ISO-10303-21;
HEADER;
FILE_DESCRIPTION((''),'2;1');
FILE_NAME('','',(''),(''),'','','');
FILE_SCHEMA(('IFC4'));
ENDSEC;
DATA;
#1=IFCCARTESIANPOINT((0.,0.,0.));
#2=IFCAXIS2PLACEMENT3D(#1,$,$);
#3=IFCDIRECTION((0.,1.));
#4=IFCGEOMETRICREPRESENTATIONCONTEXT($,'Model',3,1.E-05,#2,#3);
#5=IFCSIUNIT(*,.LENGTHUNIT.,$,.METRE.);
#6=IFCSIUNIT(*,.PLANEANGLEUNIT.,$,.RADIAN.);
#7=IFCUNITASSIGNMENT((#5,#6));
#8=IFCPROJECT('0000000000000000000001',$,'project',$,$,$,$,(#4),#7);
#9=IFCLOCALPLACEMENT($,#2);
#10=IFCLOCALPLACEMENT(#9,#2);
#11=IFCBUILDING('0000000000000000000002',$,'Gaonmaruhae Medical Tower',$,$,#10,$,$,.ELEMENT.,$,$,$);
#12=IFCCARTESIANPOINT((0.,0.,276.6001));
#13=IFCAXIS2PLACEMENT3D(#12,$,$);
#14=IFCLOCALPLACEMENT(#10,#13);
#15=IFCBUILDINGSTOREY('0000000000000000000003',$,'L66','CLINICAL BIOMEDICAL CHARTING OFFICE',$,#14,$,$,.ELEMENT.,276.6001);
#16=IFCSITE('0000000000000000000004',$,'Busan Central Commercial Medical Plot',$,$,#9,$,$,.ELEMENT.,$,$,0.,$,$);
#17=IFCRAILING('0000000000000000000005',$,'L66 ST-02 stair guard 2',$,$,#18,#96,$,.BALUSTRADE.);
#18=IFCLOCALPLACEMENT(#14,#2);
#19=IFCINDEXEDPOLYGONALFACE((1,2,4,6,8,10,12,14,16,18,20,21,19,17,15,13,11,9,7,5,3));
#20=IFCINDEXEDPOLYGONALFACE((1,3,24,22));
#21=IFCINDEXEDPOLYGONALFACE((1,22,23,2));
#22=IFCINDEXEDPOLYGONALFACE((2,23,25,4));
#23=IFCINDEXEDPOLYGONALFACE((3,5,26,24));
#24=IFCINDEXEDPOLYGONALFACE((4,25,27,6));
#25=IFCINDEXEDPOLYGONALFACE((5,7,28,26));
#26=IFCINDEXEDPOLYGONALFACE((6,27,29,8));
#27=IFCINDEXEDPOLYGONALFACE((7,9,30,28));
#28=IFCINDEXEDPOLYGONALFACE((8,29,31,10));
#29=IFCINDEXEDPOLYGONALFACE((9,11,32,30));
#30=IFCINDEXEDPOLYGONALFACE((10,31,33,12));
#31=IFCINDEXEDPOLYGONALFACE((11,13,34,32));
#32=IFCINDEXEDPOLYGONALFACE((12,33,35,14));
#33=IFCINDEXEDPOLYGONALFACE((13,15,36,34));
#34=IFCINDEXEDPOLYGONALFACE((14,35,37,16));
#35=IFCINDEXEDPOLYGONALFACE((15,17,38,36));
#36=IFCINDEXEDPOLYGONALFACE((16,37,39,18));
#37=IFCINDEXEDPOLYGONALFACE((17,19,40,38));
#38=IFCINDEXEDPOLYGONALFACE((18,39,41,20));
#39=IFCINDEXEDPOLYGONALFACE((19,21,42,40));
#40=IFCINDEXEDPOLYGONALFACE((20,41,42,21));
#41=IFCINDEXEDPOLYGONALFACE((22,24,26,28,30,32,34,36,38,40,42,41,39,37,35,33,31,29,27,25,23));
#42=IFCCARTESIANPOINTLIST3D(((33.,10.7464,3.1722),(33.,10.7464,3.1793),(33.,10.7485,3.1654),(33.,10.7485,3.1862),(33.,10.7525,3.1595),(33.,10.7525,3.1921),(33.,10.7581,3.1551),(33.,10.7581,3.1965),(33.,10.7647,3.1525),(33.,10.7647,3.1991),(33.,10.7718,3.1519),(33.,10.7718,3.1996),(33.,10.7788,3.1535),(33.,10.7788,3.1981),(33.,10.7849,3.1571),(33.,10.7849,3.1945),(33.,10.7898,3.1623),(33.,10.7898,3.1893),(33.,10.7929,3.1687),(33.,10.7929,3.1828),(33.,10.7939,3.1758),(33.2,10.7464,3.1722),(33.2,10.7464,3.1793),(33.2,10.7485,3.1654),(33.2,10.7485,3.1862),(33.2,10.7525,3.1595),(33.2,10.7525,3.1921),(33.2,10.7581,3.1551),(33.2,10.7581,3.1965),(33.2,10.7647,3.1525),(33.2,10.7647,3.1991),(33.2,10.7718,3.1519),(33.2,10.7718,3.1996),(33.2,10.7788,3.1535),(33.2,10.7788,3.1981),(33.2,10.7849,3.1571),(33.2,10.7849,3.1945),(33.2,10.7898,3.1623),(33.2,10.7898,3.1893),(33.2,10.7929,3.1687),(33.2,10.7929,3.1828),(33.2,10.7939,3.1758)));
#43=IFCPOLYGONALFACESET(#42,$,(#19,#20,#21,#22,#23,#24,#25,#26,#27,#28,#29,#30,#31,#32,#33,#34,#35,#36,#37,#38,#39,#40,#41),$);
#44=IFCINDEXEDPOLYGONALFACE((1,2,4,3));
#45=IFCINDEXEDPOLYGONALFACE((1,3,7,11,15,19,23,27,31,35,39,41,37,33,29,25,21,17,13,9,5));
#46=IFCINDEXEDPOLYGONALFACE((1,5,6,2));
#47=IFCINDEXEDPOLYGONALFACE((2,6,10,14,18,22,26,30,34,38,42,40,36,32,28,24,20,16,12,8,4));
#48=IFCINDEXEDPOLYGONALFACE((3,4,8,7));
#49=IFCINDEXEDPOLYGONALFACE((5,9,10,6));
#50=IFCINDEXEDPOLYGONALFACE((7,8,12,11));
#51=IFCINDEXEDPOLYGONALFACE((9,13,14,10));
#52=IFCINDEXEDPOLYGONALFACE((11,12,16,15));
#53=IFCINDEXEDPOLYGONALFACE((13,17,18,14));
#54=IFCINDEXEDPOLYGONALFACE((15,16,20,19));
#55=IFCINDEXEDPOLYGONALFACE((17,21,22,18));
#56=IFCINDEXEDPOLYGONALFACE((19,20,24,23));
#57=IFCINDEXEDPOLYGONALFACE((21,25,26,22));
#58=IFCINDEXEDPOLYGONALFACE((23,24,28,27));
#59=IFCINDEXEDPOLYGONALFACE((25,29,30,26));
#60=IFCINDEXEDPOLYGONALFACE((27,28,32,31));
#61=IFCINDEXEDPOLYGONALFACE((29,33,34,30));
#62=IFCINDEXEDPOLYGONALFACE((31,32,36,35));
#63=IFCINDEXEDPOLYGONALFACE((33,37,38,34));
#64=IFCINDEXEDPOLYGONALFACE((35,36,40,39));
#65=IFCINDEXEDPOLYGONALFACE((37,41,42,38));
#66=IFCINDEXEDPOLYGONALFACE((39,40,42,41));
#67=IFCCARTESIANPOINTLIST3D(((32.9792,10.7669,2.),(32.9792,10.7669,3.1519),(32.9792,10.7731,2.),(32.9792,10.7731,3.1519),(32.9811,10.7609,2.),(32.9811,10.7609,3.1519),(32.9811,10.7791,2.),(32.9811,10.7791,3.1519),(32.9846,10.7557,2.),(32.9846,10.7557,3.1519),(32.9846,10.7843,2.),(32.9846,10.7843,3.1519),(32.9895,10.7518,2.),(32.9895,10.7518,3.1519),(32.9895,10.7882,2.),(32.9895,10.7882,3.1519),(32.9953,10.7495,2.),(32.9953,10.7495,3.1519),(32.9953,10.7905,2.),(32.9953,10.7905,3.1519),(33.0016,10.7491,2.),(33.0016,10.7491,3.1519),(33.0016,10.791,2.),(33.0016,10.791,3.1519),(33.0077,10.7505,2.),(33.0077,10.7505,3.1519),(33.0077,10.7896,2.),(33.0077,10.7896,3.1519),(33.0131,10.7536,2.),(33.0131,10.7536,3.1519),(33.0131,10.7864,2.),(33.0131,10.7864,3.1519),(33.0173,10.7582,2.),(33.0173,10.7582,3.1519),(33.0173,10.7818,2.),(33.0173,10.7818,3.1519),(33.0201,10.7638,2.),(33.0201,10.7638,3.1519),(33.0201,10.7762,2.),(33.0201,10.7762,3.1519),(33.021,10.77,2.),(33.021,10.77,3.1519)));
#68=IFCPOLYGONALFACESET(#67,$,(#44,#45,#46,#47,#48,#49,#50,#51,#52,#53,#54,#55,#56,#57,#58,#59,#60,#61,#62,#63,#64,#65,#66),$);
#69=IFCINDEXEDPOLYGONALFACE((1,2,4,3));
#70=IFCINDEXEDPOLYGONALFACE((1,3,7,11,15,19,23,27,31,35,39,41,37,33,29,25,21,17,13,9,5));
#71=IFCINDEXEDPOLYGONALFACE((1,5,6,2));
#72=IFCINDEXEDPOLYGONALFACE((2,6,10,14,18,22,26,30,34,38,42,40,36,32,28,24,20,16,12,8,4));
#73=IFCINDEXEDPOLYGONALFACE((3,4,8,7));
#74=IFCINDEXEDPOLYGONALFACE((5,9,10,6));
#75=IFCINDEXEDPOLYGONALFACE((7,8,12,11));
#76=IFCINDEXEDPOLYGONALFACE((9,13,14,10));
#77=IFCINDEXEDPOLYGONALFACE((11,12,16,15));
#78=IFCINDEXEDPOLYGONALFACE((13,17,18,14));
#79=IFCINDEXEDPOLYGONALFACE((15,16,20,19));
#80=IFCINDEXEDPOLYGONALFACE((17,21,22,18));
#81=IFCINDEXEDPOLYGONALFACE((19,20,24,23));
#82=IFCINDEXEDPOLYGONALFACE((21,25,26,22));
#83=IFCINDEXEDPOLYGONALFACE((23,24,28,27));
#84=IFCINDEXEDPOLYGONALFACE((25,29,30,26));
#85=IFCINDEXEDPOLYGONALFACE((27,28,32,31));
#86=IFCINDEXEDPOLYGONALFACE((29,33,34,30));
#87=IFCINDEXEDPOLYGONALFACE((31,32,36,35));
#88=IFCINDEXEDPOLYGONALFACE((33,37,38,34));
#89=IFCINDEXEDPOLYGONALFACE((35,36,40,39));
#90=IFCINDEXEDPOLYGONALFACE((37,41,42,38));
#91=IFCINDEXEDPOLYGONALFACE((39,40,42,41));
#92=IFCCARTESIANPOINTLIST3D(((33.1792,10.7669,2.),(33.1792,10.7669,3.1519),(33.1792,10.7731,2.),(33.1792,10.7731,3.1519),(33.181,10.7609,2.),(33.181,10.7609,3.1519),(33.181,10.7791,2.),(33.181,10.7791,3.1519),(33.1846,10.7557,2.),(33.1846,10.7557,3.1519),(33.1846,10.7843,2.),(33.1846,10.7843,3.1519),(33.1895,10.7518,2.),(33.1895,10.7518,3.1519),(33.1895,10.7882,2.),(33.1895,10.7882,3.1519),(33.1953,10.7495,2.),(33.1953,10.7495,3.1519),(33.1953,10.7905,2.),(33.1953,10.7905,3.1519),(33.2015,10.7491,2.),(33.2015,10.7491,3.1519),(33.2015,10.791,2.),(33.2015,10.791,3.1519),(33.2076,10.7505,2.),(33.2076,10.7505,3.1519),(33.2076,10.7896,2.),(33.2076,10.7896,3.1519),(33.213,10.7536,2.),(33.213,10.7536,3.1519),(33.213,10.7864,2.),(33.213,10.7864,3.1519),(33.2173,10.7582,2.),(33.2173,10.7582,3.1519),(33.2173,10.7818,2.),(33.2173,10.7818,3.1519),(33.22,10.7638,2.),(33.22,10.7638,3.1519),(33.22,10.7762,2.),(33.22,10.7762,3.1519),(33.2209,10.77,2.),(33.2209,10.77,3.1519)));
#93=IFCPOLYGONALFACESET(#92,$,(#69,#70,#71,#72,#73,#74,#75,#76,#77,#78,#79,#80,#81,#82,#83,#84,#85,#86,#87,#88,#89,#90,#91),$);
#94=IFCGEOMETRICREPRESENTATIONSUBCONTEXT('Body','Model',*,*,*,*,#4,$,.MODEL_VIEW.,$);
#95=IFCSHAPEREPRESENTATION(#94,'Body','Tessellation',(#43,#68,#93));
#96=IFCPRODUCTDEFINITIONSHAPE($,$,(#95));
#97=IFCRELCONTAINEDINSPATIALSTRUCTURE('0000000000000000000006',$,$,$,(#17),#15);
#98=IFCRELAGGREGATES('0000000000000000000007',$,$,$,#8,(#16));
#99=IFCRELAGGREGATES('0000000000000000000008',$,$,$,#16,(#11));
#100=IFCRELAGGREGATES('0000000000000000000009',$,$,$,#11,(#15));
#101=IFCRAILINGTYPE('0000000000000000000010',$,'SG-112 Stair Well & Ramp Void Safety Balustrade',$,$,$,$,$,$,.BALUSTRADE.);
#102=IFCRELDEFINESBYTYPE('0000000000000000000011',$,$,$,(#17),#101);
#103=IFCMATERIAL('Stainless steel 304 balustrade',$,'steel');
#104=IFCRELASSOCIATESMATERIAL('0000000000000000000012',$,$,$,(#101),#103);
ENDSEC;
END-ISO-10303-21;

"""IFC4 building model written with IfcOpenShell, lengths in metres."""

from ifc_helpers import new_model, si_unit, direction, frame, origin, origin_2d, place, context, subcontext, project, spatial, circle, extrude, material, type_object, element, save


model = new_model("IFC4")

# Units and contexts
model_context = context("Model", 3, precision=1e-05, world=origin(), true_north=direction((0.0, 1.0)))
body_context = subcontext(model_context, "Body", "Model", "MODEL_VIEW")
ifc_project = project(units=[si_unit("LENGTHUNIT", "METRE"), si_unit("PLANEANGLEUNIT", "RADIAN")], contexts=[model_context])

# Site, building, storey
site_placement = place(None, origin())
site = spatial("IfcSite", under=ifc_project, at=site_placement, Name="Busan Central Commercial Medical Plot", CompositionType="ELEMENT", RefElevation=0.0)
building_placement = place(site_placement, origin())
building = spatial("IfcBuilding", under=site, at=building_placement, Name="Gaonmaruhae Medical Tower", CompositionType="ELEMENT")
storey_placement = place(building_placement, frame((0.0, 0.0, 276.6001)))
storey = spatial("IfcBuildingStorey", under=building, at=storey_placement, Name="L66", Description="CLINICAL BIOMEDICAL CHARTING OFFICE", CompositionType="ELEMENT", Elevation=276.6001)

# Railing
ifc_material_1 = material(Name="Stainless steel 304 balustrade", Category="steel")
railing_type_1 = type_object("IfcRailingType", Name="SG-112 Stair Well & Ramp Void Safety Balustrade", PredefinedType="BALUSTRADE", material=ifc_material_1)
railing_1_placement = place(storey_placement, frame((33.0, 10.77, 2.0)))
element("IfcRailing", 1, at=railing_1_placement, inside=storey, type_object=railing_type_1, Name="L66 ST-02 stair guard 2", PredefinedType="BALUSTRADE", context=body_context, shape_type="SweptSolid", body=[
    extrude(circle(Radius=0.0239, at=origin_2d()), frame((0.0, 0.0, 1.1758), z_axis=(1.0, 0.0, 0.0), x_axis=(0.0, 1.0, 0.0)), (0.0, 0.0, 1.0), 0.2),
    extrude(circle(Radius=0.021, at=origin_2d()), origin(), (0.0, 0.0, 1.0), 1.1519),
    extrude(circle(Radius=0.021, at=origin_2d()), frame((0.2, 0.0, 0.0)), (0.0, 0.0, 1.0), 1.1519),
])

save(model, "model.ifc")
